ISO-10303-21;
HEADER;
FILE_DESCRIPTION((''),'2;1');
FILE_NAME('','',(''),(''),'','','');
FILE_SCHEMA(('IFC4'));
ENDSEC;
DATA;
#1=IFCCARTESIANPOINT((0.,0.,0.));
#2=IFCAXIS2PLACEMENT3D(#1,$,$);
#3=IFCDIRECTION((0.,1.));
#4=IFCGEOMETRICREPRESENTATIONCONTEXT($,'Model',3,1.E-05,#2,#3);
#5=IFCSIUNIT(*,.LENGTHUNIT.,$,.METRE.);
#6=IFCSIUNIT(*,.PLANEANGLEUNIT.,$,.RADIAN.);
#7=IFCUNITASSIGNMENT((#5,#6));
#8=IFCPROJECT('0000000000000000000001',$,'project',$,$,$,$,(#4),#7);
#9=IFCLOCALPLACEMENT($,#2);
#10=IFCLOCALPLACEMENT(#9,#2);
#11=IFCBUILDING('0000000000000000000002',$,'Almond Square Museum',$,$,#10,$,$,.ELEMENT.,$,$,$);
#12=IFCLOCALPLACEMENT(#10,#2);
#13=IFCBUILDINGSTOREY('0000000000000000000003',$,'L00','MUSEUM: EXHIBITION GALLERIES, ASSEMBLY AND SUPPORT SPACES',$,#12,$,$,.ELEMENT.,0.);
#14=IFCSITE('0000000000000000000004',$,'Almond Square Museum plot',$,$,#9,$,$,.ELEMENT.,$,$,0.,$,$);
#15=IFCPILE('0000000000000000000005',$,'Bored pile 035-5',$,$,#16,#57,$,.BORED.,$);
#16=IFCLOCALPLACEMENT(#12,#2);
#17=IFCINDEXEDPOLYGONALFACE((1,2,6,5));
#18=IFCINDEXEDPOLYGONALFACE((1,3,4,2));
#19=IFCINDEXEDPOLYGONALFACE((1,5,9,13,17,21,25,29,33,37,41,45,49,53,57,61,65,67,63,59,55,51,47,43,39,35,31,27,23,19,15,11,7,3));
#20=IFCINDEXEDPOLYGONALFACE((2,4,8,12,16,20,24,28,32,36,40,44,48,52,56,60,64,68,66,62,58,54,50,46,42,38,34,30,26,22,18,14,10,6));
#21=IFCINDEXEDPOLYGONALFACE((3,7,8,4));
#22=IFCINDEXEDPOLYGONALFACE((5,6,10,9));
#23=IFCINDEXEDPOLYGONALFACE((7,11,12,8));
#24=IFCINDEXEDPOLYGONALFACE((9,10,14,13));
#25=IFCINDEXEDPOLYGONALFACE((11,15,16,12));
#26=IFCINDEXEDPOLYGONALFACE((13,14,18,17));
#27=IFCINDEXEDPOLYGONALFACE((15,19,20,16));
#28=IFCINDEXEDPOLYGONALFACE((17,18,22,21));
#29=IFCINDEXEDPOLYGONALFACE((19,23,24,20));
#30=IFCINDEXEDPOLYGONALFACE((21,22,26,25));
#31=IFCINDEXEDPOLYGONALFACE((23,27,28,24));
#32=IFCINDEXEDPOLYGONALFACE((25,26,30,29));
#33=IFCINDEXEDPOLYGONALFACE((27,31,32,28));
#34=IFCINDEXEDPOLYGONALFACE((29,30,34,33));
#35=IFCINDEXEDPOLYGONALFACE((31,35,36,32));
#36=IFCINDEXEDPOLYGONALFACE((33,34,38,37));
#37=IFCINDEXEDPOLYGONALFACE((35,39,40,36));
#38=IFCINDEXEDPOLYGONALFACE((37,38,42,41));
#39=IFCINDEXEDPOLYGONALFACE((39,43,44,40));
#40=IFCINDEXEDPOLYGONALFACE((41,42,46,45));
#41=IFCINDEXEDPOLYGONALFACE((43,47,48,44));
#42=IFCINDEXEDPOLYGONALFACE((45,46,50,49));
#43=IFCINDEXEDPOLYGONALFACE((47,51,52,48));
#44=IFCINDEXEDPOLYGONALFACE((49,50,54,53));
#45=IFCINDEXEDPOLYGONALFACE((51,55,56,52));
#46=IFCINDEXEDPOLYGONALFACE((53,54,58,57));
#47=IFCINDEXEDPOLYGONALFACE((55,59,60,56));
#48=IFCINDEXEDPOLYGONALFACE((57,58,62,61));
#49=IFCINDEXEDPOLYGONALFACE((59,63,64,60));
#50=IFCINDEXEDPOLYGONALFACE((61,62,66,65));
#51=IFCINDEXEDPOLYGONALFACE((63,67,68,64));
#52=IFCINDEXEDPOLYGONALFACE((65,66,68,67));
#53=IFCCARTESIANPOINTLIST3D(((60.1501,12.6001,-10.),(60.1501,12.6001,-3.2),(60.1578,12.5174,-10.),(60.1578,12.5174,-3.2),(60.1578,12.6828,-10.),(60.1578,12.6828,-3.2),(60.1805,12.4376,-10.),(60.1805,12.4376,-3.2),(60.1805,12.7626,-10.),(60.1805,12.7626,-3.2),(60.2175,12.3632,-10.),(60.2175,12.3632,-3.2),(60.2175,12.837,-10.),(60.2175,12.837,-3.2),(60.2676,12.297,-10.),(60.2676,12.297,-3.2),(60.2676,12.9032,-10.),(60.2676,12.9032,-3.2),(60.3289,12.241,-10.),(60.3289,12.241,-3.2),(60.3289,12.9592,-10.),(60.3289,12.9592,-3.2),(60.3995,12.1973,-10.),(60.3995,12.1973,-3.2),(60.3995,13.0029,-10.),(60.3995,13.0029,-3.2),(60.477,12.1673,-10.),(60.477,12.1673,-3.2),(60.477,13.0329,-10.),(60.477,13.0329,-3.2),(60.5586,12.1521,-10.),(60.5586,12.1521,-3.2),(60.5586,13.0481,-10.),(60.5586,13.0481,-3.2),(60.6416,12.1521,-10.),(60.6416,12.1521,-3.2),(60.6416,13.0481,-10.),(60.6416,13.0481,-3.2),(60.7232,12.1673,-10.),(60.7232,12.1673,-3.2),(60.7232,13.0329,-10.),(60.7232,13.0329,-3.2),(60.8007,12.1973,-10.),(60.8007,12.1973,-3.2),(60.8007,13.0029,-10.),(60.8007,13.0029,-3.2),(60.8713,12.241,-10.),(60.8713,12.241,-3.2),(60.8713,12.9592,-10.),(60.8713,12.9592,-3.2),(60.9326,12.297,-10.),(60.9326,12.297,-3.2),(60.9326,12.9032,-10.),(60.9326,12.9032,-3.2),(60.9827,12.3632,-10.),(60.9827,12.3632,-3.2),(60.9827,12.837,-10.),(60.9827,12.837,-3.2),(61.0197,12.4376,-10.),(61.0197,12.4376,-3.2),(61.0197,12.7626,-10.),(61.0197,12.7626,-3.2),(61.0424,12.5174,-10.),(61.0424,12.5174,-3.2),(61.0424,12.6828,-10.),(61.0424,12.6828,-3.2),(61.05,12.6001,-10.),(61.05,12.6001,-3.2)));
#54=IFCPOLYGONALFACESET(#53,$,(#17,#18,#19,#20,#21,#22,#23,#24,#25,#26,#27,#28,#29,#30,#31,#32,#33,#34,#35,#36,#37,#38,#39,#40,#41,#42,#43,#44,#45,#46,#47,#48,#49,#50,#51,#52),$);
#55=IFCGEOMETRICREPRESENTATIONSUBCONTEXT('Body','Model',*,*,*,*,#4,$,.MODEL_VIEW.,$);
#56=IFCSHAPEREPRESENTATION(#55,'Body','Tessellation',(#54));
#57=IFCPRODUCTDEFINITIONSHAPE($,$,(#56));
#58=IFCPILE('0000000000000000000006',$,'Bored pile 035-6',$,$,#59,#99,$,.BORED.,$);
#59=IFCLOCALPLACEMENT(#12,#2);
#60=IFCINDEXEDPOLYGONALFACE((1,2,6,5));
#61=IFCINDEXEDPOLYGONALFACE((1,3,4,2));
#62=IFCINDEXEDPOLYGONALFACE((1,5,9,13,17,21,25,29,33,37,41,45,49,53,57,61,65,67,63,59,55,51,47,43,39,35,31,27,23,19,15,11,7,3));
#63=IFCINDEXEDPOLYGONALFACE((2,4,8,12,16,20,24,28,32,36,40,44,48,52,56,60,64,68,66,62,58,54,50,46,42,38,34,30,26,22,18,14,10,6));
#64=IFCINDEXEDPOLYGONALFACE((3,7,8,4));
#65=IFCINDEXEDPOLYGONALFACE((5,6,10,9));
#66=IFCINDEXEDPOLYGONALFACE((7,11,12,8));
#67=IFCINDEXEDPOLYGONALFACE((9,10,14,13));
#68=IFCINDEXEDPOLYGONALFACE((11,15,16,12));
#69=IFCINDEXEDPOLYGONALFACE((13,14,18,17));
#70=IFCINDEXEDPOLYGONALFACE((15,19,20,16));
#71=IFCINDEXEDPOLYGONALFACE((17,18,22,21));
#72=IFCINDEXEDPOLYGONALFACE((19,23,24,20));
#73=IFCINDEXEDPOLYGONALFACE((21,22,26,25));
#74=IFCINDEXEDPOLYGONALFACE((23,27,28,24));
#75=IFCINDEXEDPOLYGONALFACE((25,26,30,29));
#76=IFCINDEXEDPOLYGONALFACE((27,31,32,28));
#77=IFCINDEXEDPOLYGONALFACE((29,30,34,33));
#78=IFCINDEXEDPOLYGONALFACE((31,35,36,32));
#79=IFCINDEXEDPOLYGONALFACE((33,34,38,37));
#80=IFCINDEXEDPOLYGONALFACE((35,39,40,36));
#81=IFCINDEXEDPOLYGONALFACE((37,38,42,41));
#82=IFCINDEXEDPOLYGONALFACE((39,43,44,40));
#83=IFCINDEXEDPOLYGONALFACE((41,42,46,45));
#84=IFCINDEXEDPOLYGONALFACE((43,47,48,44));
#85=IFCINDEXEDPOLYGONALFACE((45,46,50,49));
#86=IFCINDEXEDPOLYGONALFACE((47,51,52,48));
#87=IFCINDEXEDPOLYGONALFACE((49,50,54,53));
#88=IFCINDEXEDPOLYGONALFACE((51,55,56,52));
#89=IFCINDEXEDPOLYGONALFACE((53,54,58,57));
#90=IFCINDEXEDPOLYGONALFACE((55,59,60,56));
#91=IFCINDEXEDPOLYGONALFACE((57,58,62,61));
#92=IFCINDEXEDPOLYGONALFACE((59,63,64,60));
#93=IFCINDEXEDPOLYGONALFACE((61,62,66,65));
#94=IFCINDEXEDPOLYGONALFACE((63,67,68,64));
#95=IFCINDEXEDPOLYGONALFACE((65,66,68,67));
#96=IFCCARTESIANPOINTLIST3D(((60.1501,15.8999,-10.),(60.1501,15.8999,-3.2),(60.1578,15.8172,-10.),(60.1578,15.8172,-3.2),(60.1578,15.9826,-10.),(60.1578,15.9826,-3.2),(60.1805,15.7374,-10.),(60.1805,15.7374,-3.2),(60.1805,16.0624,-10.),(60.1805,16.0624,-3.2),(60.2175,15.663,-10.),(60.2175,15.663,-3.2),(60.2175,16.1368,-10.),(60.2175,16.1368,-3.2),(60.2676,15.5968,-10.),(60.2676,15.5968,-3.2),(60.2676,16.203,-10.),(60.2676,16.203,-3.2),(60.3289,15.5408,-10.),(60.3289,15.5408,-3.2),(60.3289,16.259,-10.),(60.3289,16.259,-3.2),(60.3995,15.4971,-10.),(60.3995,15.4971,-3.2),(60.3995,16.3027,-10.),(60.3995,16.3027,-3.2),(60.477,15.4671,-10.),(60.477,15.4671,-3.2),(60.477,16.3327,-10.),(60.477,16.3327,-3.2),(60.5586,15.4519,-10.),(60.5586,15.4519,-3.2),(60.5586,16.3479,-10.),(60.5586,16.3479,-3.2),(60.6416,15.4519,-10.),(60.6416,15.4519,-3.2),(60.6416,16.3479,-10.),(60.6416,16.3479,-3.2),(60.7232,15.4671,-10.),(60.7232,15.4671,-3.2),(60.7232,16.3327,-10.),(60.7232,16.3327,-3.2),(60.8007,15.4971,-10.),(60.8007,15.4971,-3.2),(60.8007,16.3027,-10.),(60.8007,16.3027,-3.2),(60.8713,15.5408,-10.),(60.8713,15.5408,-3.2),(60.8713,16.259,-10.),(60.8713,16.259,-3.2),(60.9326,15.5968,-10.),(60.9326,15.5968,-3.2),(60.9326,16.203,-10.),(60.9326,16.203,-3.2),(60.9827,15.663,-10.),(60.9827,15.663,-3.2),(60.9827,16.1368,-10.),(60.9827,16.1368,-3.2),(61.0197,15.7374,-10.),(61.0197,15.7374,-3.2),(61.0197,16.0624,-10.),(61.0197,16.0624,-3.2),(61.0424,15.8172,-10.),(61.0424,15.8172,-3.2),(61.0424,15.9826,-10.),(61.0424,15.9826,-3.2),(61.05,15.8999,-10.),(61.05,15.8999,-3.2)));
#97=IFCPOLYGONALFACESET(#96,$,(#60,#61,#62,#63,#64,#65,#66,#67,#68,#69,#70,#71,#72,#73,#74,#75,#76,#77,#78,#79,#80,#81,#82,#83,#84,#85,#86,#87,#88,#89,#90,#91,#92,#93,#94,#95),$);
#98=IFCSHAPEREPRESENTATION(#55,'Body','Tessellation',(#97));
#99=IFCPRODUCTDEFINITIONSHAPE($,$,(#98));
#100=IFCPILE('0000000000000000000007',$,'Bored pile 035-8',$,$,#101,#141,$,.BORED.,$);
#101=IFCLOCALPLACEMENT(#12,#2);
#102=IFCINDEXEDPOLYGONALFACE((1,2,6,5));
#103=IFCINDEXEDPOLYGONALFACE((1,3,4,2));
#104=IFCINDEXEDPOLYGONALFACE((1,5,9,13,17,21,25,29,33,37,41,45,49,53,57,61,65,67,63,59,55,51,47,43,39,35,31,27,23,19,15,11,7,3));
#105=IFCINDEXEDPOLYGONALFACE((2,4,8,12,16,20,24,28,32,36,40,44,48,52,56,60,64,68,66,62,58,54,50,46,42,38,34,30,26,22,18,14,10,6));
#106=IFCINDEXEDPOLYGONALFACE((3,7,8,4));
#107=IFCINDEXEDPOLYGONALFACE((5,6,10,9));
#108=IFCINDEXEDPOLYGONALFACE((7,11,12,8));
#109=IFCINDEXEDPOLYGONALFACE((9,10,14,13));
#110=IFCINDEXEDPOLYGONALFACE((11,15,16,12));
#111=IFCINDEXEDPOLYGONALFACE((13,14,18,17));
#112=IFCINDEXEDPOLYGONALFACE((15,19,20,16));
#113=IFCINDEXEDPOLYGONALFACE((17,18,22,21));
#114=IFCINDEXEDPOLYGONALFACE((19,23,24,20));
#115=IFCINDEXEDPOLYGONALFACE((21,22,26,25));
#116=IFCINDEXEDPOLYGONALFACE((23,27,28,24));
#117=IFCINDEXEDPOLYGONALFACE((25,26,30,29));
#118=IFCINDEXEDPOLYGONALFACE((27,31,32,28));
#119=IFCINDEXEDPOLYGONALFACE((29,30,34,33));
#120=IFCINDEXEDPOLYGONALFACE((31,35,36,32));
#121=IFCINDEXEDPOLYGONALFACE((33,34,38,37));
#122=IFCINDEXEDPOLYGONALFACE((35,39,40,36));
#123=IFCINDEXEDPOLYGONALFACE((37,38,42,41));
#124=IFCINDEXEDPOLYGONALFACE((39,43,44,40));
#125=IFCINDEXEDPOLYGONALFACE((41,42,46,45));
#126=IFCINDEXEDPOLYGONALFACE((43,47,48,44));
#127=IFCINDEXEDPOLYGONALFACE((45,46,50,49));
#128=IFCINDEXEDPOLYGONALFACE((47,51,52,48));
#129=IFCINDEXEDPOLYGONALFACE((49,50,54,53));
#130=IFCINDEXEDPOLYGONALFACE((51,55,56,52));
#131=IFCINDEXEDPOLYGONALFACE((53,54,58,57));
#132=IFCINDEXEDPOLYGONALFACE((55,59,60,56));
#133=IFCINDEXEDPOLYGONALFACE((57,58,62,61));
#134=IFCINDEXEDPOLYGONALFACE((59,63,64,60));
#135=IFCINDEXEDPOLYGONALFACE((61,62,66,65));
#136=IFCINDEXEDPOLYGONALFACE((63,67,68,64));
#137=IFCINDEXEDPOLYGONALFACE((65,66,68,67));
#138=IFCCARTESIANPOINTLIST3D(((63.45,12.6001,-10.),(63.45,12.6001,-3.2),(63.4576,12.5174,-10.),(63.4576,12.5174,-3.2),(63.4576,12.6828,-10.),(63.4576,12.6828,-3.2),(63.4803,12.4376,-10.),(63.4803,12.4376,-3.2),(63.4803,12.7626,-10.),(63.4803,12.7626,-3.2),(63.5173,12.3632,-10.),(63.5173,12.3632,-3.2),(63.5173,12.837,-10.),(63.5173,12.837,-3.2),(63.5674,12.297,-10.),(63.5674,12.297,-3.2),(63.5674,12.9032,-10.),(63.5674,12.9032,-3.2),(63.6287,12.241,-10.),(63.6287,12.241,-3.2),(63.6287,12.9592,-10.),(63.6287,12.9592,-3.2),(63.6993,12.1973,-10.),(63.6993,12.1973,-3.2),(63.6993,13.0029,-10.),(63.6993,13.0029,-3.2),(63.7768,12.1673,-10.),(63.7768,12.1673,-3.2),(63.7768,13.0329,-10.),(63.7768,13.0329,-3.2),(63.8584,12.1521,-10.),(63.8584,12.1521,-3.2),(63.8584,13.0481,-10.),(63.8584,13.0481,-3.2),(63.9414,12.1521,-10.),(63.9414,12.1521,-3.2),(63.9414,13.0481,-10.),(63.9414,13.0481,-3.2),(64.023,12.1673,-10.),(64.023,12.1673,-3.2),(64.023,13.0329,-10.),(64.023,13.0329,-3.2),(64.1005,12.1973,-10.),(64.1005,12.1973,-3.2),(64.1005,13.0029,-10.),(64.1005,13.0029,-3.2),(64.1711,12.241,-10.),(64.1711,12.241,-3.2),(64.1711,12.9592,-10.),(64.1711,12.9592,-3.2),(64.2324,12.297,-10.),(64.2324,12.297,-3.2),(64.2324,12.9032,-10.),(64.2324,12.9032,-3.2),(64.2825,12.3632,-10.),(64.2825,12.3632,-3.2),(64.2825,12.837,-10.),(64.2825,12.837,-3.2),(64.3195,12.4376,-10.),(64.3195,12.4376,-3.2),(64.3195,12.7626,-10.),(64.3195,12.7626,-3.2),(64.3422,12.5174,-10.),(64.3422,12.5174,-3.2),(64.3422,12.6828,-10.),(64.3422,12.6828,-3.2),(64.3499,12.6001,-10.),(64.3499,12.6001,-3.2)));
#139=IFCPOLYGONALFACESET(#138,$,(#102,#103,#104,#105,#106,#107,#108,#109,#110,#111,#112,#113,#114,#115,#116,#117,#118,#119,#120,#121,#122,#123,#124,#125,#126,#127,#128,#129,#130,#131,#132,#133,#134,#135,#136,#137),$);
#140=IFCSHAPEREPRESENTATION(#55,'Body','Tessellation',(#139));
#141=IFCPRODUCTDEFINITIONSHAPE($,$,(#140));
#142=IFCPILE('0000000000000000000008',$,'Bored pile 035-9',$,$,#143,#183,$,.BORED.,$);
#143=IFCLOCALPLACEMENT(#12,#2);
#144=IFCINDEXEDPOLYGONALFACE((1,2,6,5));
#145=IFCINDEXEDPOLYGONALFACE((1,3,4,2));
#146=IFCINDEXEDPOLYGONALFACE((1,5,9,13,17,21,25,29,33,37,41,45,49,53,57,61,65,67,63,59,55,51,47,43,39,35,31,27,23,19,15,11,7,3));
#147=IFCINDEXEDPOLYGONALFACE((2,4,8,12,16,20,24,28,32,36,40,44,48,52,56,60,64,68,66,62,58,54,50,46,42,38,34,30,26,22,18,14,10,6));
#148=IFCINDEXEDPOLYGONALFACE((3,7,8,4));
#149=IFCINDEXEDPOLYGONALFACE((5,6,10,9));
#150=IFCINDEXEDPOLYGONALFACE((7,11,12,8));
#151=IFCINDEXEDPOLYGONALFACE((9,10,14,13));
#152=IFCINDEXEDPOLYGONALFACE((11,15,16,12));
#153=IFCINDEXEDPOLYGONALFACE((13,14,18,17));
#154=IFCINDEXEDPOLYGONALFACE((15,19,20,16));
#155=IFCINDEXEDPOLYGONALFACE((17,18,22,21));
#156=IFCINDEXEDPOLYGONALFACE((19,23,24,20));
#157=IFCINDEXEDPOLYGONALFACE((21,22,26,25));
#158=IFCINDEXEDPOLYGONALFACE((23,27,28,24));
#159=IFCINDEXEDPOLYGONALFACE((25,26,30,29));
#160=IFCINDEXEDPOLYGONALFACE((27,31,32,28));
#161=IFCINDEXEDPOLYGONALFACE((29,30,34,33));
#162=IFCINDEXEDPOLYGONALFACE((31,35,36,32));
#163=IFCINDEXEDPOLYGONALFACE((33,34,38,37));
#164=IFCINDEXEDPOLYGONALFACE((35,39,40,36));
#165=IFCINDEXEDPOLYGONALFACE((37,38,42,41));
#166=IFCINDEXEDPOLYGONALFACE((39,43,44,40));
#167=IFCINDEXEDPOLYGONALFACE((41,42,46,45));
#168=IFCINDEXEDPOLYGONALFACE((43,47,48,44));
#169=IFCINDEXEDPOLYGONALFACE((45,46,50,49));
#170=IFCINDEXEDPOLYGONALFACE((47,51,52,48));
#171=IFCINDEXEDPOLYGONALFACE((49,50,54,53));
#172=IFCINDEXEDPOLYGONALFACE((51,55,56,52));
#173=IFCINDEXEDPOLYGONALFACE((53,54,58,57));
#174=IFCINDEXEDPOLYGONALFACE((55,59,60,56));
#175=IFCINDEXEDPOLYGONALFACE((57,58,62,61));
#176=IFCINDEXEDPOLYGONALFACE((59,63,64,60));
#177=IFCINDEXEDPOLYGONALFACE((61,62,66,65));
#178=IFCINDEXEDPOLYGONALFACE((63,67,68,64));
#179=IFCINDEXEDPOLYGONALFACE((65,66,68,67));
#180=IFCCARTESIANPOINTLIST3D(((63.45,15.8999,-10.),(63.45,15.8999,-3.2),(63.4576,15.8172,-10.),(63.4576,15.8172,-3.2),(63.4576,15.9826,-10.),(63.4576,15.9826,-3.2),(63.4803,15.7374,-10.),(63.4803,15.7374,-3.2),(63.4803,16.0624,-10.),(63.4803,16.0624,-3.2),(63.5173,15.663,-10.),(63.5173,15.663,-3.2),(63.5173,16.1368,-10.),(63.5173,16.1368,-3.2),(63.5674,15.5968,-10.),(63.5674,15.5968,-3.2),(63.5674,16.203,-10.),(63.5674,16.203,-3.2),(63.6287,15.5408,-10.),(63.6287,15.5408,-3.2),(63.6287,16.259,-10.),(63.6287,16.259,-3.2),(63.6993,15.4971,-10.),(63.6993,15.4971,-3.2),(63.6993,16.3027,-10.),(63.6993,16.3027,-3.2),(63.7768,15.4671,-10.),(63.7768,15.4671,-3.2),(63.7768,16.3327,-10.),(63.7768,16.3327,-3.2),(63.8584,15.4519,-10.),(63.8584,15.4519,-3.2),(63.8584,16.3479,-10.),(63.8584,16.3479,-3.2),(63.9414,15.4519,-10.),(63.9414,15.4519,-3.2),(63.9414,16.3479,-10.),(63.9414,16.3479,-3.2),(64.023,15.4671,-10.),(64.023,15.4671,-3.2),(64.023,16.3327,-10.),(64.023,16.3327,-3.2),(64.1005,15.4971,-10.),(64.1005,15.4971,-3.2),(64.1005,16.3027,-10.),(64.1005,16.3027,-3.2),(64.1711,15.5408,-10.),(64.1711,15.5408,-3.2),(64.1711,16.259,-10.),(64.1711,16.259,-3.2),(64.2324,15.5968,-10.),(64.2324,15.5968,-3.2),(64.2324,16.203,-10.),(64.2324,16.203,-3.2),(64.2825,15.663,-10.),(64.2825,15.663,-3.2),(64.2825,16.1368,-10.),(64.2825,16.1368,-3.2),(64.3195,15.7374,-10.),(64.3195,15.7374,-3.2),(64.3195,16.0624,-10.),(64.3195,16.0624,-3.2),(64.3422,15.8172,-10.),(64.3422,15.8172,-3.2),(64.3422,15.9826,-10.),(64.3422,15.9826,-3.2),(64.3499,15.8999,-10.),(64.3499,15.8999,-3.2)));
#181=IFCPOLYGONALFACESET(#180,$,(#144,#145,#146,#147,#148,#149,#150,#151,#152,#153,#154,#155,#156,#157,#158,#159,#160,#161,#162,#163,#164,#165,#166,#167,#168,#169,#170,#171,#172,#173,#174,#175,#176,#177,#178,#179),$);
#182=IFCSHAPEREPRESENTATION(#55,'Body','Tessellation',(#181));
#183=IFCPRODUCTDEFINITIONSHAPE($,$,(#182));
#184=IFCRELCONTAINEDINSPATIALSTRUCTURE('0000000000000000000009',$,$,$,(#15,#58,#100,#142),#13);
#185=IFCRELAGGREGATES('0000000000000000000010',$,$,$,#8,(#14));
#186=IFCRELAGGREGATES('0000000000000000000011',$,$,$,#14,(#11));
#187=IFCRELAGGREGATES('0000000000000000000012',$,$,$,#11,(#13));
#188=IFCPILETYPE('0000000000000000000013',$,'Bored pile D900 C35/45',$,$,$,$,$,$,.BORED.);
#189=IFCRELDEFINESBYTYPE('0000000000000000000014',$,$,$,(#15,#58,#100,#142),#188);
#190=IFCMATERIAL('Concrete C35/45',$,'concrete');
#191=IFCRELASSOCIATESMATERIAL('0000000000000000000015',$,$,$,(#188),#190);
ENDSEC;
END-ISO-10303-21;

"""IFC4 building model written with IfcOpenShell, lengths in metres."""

from ifc_helpers import new_model, si_unit, direction, frame, origin, origin_2d, place, context, subcontext, project, spatial, circle, extrude, material, material_profile, profile_set, type_object, element, save


model = new_model("IFC4")

# Units and contexts
model_context = context("Model", 3, precision=1e-05, world=origin(), true_north=direction((0.0, 1.0)))
body_context = subcontext(model_context, "Body", "Model", "MODEL_VIEW")
ifc_project = project(units=[si_unit("LENGTHUNIT", "METRE"), si_unit("PLANEANGLEUNIT", "RADIAN")], contexts=[model_context])

# Site, building, storey
site_placement = place(None, origin())
site = spatial("IfcSite", under=ifc_project, at=site_placement, Name="Almond Square Museum plot", CompositionType="ELEMENT", RefElevation=0.0)
building_placement = place(site_placement, origin())
building = spatial("IfcBuilding", under=site, at=building_placement, Name="Almond Square Museum", CompositionType="ELEMENT")
storey_placement = place(building_placement, origin())
storey = spatial("IfcBuildingStorey", under=building, at=storey_placement, Name="L00", Description="MUSEUM: EXHIBITION GALLERIES, ASSEMBLY AND SUPPORT SPACES", CompositionType="ELEMENT", Elevation=0.0)

# Piles
ifc_material_1 = material(Name="Concrete C35/45", Category="concrete")
ifc_material_profile_1 = material_profile(ifc_material_1, circle(Radius=0.45, at=origin_2d()))
ifc_profile_set_1 = profile_set([ifc_material_profile_1], Name="Concrete C35/45")
pile_type = type_object("IfcPileType", Name="Bored pile D900 C35/45", PredefinedType="BORED", material=ifc_profile_set_1)
for number, where, z_axis, x_axis, name in (
    (1, (60.6001, 12.6001, -3.2), (0.0, 0.0, -1.0), (1.0, 0.0, 0.0), "Bored pile 035-5"),
    (2, (60.6001, 15.8999, -3.2), (0.0, 0.0, -1.0), (1.0, 0.0, 0.0), "Bored pile 035-6"),
    (3, (63.8999, 12.6001, -3.2), (0.0, 0.0, -1.0), (1.0, 0.0, 0.0), "Bored pile 035-8"),
    (4, (63.8999, 15.8999, -3.2), (0.0, 0.0, -1.0), (1.0, 0.0, 0.0), "Bored pile 035-9"),
):
    element("IfcPile", number, at=place(storey_placement, frame(where, z_axis=z_axis, x_axis=x_axis)), inside=storey, type_object=pile_type, Name=name, PredefinedType="BORED", context=body_context, shape_type="SweptSolid", body=[
        extrude(circle(Radius=0.45, at=origin_2d()), origin(), (0.0, 0.0, 1.0), 6.8),
    ])

save(model, "model.ifc")
